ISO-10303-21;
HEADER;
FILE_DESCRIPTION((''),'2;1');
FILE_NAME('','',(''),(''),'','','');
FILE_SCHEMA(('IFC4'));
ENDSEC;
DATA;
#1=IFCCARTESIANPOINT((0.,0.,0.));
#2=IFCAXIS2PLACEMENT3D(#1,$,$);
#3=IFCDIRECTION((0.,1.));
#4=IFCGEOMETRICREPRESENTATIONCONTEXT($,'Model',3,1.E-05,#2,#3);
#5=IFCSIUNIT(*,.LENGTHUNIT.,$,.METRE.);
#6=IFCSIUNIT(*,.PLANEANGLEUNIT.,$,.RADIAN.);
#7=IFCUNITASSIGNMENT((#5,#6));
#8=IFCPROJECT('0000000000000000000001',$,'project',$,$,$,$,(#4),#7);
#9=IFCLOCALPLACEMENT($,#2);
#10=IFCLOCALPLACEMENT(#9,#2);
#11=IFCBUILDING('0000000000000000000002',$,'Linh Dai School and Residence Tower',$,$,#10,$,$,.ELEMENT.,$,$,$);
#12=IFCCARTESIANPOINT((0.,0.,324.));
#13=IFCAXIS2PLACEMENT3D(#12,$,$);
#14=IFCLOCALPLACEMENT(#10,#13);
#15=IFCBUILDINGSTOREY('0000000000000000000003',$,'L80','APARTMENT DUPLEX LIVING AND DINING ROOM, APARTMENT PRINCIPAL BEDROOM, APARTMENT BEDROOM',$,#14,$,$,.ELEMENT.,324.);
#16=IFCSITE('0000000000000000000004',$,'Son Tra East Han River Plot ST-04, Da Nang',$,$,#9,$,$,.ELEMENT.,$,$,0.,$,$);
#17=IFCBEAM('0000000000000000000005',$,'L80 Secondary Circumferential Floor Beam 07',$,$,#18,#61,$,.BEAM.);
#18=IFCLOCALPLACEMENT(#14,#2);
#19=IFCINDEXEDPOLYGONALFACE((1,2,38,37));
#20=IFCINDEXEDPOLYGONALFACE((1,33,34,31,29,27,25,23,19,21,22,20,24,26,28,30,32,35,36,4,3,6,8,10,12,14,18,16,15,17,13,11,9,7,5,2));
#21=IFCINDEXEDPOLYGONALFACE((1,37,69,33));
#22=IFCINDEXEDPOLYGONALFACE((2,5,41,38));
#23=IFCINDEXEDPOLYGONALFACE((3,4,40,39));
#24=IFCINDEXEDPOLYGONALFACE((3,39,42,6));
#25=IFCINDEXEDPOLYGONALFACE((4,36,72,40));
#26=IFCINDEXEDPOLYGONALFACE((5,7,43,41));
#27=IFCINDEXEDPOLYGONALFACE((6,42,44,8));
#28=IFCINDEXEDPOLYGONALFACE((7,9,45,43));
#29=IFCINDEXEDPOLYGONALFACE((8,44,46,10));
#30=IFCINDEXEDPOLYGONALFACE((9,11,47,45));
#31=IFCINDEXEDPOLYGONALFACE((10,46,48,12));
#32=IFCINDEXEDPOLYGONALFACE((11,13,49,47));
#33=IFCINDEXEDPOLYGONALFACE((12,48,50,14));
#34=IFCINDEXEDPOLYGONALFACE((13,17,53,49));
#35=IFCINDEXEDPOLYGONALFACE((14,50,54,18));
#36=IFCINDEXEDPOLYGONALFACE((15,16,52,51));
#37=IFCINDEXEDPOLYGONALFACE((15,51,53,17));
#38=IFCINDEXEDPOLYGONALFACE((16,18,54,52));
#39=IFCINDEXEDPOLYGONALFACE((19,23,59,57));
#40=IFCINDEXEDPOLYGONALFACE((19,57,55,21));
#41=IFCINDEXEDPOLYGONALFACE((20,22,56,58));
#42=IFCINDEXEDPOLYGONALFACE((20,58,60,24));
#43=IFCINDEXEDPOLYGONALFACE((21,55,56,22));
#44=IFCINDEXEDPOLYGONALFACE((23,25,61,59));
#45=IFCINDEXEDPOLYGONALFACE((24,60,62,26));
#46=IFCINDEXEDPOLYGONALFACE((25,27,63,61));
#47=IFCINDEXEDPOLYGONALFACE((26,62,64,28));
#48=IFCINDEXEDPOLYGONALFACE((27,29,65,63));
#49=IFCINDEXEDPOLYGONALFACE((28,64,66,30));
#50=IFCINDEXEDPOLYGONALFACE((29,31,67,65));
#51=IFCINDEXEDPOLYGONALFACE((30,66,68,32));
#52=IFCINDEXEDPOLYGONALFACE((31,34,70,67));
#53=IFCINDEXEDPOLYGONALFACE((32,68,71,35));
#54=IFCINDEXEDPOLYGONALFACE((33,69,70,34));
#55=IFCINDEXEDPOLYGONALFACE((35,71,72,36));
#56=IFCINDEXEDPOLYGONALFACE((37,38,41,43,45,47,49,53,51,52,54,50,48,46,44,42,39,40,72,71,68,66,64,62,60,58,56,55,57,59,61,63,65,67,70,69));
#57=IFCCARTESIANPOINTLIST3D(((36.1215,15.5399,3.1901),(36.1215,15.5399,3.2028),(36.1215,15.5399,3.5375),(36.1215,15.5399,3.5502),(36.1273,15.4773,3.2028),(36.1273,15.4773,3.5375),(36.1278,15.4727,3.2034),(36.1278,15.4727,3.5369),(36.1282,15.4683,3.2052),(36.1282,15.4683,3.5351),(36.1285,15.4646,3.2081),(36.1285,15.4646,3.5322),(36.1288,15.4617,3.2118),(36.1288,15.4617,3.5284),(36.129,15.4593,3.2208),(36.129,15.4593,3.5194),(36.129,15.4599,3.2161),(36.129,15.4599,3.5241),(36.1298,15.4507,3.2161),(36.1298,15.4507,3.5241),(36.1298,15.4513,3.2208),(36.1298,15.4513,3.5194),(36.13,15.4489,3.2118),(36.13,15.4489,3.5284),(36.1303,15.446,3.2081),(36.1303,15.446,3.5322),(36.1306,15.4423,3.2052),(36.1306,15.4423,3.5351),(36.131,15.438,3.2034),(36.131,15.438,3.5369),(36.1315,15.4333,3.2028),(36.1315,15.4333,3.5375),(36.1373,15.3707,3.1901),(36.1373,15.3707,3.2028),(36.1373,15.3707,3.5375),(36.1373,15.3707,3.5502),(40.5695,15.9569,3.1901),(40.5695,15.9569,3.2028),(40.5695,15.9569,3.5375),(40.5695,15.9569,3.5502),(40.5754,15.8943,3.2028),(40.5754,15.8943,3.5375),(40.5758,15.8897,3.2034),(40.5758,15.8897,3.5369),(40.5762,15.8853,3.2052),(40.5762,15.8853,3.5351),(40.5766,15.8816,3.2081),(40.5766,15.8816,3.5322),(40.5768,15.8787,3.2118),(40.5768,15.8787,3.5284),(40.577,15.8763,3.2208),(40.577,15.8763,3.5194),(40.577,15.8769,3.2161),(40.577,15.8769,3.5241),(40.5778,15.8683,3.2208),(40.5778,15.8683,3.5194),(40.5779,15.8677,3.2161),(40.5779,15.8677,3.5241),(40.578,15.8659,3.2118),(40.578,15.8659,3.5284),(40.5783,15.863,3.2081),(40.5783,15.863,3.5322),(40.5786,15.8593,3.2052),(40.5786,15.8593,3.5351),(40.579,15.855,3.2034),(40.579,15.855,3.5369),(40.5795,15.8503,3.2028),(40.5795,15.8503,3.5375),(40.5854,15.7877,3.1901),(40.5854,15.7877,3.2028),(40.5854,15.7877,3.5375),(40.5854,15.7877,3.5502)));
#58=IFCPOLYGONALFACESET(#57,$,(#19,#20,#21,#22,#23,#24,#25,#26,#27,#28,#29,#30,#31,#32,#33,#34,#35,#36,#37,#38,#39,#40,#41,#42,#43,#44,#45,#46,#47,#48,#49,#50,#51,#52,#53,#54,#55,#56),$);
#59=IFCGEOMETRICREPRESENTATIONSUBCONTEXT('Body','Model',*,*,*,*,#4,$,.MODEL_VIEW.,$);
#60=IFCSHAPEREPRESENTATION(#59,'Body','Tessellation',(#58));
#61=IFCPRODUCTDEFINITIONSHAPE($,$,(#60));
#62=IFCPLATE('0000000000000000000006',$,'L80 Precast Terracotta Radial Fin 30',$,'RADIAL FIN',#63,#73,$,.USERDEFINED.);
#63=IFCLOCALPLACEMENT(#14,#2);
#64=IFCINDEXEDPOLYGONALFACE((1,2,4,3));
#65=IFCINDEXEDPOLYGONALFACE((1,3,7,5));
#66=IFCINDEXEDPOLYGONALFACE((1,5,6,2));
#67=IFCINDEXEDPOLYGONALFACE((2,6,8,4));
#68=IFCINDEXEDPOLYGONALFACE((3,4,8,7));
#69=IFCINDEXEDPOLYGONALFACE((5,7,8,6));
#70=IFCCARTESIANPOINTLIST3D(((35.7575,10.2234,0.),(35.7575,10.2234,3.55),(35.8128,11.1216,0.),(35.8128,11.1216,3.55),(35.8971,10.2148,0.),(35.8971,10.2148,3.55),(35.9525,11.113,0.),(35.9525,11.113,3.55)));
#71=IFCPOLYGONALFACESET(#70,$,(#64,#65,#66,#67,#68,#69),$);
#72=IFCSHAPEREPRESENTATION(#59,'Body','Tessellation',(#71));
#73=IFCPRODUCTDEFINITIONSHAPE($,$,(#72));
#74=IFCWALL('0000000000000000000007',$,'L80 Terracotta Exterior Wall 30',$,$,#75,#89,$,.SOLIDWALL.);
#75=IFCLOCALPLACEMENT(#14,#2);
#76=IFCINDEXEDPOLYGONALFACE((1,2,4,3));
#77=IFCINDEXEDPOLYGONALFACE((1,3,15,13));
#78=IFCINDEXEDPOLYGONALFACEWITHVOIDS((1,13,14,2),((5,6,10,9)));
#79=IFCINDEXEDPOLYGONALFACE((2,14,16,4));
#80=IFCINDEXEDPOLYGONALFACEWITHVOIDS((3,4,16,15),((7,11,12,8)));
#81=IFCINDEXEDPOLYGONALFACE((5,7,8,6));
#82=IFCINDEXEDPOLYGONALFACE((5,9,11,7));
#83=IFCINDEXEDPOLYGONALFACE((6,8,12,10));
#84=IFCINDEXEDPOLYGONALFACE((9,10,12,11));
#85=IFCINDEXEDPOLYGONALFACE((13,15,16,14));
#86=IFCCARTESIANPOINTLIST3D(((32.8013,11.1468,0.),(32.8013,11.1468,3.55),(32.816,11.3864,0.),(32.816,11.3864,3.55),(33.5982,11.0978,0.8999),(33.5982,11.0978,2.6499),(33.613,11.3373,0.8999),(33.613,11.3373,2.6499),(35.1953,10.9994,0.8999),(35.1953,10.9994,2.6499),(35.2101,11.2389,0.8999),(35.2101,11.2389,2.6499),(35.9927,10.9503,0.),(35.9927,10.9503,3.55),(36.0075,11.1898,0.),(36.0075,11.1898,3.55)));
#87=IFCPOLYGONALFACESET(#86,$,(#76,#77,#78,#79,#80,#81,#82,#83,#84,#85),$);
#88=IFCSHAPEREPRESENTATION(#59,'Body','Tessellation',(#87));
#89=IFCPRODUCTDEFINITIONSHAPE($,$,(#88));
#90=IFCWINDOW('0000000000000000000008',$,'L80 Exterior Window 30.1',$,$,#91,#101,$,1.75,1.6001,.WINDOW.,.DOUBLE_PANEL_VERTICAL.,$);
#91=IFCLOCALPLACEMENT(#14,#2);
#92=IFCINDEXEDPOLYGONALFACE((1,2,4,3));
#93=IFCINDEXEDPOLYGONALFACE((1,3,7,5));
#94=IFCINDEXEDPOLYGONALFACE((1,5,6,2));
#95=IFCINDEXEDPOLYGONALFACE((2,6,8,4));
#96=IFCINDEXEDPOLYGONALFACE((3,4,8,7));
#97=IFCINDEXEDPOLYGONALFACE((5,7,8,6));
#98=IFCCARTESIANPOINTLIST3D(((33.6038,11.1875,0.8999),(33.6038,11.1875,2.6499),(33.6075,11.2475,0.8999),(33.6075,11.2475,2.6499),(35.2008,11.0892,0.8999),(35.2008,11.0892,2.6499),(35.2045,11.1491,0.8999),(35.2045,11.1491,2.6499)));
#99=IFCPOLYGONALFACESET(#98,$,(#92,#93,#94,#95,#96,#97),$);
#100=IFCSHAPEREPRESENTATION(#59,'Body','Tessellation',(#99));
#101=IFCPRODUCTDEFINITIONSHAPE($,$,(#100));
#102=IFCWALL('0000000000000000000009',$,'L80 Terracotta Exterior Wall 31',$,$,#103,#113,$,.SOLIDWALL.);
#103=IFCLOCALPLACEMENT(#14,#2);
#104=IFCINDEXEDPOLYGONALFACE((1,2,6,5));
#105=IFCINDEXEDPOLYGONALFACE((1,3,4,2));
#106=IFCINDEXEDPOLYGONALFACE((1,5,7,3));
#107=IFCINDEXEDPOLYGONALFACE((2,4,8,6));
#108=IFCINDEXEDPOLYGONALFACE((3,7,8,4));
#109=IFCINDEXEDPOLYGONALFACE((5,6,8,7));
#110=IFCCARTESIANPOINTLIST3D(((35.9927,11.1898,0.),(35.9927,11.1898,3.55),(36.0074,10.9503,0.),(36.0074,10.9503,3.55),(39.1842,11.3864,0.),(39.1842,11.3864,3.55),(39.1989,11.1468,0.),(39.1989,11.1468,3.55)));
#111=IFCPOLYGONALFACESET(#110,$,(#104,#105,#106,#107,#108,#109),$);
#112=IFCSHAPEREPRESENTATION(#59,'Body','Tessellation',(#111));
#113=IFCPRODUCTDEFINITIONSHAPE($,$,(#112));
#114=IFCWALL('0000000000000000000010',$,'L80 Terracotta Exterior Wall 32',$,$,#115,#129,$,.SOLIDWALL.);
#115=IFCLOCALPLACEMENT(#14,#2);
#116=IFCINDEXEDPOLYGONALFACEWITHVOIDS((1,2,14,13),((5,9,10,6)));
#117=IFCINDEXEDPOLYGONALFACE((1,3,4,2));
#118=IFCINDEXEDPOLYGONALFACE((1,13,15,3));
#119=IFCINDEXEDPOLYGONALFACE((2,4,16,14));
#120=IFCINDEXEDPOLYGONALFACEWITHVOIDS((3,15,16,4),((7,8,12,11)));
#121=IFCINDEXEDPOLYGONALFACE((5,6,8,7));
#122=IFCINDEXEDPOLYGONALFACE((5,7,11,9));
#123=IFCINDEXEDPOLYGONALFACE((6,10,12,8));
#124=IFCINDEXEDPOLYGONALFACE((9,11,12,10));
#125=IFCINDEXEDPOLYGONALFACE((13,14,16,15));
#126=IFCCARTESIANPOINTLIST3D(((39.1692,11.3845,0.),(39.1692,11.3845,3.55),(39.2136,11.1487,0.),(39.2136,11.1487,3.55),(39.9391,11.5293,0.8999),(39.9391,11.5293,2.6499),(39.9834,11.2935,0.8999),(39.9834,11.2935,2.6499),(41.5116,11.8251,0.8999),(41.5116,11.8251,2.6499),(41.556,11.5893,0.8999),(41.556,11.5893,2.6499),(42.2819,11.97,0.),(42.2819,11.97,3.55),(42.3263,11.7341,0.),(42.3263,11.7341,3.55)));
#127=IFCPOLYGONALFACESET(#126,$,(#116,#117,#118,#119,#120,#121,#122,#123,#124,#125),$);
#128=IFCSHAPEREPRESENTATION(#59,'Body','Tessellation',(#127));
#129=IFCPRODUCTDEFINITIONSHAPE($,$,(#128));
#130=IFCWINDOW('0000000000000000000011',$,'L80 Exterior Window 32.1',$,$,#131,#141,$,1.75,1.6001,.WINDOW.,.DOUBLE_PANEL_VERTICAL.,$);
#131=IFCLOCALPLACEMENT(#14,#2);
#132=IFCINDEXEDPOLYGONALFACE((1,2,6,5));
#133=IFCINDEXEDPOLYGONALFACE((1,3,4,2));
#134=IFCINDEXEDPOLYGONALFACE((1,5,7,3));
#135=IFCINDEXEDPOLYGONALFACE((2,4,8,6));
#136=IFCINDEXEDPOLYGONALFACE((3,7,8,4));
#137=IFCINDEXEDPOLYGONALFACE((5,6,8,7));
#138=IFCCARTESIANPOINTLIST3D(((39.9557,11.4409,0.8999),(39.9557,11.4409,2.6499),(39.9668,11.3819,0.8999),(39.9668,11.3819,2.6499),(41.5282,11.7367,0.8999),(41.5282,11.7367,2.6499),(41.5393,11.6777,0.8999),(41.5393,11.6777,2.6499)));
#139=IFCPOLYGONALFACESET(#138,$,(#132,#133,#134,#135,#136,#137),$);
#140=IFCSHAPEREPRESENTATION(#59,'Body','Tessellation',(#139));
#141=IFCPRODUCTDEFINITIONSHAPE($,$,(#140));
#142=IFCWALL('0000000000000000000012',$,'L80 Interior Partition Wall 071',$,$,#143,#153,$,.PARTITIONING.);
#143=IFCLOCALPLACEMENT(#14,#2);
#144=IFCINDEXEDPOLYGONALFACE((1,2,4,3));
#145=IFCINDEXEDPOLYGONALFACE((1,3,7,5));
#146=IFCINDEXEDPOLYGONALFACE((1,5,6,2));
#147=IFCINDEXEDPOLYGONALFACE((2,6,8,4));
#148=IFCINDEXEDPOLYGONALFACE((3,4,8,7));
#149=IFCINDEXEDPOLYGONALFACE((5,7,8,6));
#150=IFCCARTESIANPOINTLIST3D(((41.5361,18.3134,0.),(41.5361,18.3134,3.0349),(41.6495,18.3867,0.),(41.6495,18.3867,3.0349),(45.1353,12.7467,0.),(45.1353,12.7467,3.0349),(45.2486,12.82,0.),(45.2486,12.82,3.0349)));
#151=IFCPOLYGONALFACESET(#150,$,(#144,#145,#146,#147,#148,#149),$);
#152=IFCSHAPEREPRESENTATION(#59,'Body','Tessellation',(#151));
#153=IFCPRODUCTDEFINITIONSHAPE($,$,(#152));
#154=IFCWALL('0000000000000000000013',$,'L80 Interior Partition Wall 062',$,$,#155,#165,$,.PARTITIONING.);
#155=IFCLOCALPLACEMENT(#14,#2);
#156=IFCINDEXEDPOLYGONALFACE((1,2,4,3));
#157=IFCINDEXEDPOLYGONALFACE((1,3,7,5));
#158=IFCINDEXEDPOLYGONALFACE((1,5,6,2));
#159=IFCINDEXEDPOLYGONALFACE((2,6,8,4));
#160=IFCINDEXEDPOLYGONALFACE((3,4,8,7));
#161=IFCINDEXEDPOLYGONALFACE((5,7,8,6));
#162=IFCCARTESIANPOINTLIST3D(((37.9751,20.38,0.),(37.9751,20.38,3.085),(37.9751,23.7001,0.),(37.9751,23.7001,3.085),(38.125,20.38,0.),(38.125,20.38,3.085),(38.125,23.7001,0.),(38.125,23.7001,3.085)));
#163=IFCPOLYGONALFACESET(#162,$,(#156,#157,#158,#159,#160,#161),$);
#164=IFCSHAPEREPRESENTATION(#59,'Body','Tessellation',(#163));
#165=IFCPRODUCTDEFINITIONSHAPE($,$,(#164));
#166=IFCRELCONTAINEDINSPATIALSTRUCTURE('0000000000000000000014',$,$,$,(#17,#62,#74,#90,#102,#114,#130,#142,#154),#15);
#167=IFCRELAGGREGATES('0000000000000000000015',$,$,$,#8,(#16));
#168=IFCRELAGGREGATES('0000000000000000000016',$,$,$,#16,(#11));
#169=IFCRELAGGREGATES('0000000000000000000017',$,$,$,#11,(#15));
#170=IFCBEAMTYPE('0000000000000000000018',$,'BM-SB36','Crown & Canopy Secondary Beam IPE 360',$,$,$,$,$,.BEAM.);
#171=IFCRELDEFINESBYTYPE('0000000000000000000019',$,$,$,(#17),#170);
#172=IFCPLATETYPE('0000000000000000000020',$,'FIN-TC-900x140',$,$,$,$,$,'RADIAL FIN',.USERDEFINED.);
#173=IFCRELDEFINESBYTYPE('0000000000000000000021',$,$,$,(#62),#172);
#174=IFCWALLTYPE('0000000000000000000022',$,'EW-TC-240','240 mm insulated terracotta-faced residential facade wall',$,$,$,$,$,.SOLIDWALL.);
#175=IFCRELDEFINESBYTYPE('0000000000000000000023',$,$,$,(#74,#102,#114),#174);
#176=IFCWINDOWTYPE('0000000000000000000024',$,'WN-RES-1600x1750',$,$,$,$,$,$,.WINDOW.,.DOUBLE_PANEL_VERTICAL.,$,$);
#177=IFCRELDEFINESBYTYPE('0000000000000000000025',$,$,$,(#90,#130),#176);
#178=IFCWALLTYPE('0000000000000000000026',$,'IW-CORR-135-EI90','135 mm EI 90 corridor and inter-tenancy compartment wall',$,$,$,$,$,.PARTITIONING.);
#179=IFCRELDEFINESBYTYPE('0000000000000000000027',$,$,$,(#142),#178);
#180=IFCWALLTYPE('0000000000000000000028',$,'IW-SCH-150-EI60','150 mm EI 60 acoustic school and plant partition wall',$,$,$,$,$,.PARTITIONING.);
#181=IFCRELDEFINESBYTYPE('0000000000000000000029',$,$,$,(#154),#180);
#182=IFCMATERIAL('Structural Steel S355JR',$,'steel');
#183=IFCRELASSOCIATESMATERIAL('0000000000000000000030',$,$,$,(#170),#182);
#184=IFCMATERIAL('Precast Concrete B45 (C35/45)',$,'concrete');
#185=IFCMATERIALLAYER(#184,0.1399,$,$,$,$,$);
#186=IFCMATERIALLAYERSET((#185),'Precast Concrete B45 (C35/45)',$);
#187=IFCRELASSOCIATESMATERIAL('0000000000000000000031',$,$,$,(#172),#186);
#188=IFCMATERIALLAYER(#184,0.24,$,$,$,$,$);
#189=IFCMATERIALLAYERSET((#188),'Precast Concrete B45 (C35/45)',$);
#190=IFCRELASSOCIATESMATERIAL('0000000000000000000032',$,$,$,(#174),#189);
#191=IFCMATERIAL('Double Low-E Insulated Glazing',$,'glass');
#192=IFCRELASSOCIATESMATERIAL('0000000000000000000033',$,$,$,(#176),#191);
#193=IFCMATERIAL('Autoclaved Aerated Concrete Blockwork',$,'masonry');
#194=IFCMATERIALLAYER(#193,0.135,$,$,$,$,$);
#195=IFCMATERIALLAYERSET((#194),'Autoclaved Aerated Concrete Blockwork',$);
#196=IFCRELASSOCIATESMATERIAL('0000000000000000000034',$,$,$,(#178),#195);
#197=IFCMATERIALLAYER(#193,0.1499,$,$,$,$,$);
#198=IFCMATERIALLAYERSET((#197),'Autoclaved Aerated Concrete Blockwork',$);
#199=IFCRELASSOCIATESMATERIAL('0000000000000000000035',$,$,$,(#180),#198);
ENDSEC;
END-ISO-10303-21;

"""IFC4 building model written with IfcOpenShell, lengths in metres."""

from ifc_helpers import new_model, si_unit, direction, frame, frame_2d, origin, origin_2d, place, context, subcontext, project, spatial, rectangle, i_section, extrude, source, transform, mapped, material, layer, layer_set, material_profile, profile_set, type_object, element, fill, save


model = new_model("IFC4")

# Units and contexts
model_context = context("Model", 3, precision=1e-05, world=origin(), true_north=direction((0.0, 1.0)))
body_context = subcontext(model_context, "Body", "Model", "MODEL_VIEW")
ifc_project = project(units=[si_unit("LENGTHUNIT", "METRE"), si_unit("PLANEANGLEUNIT", "RADIAN")], contexts=[model_context])

# Site, building, storey
site_placement = place(None, origin())
site = spatial("IfcSite", under=ifc_project, at=site_placement, Name="Son Tra East Han River Plot ST-04, Da Nang", CompositionType="ELEMENT", RefElevation=0.0)
building_placement = place(site_placement, origin())
building = spatial("IfcBuilding", under=site, at=building_placement, Name="Linh Dai School and Residence Tower", CompositionType="ELEMENT")
storey_placement = place(building_placement, frame((0.0, 0.0, 324.0)))
storey = spatial("IfcBuildingStorey", under=building, at=storey_placement, Name="L80", Description="APARTMENT DUPLEX LIVING AND DINING ROOM, APARTMENT PRINCIPAL BEDROOM, APARTMENT BEDROOM", CompositionType="ELEMENT", Elevation=324.0)

# Shared definitions
ifc_material_1 = material(Name="Structural Steel S355JR", Category="steel")

# Beam
ifc_material_profile_1 = material_profile(ifc_material_1, i_section(OverallWidth=0.1699, OverallDepth=0.3601, WebThickness=0.0081, FlangeThickness=0.0127, FilletRadius=0.0181, at=origin_2d()), Name="IPE 360")
ifc_profile_set_1 = profile_set([ifc_material_profile_1], Name="Structural Steel S355JR")
beam_type_1 = type_object("IfcBeamType", Name="BM-SB36", Description="Crown & Canopy Secondary Beam IPE 360", PredefinedType="BEAM", material=ifc_profile_set_1)
beam_1_placement = place(storey_placement, frame((36.1294, 15.4553, 3.3701), z_axis=(0.995634, 0.093339, 0.0), x_axis=(-0.093339, 0.995634, 0.0)))
element("IfcBeam", 1, at=beam_1_placement, inside=storey, type_object=beam_type_1, Name="L80 Secondary Circumferential Floor Beam 07", PredefinedType="BEAM", context=body_context, shape_type="SweptSolid", body=[
    extrude(i_section(OverallWidth=0.1699, OverallDepth=0.3601, WebThickness=0.0081, FlangeThickness=0.0127, FilletRadius=0.0181, at=origin_2d()), origin(), (0.0, 0.0, 1.0), 4.4675),
])

# Plate
ifc_material_2 = material(Name="Precast Concrete B45 (C35/45)", Category="concrete")
ifc_layer_1 = layer(ifc_material_2, 0.1399)
ifc_layer_set_1 = layer_set([ifc_layer_1], Name="Precast Concrete B45 (C35/45)")
plate_type = type_object("IfcPlateType", Name="FIN-TC-900x140", ElementType="RADIAL FIN", PredefinedType="USERDEFINED", material=ifc_layer_set_1)
shared_shape_1 = source(origin(), body_context, "Body", "SweptSolid", [
    extrude(rectangle(XDim=0.8999, YDim=0.1399, at=origin_2d()), origin(), (0.0, 0.0, 1.0), 3.55),
])
plate_placement = place(storey_placement, frame((35.855, 10.6682, 0.0), z_axis=(0.0, 0.0, 1.0), x_axis=(-0.061518, -0.998106, 0.0)))
element("IfcPlate", 2, at=plate_placement, inside=storey, type_object=plate_type, Name="L80 Precast Terracotta Radial Fin 30", ObjectType="RADIAL FIN", PredefinedType="USERDEFINED", context=body_context, shape_type="MappedRepresentation", body=[
    mapped(shared_shape_1, transform((0.0, 0.0, 0.0), x_axis=(1.0, 0.0, 0.0), y_axis=(0.0, 1.0, 0.0), z_axis=(0.0, 0.0, 1.0), scale=1.0)),
])

# Wall, opening, window
ifc_layer_2 = layer(ifc_material_2, 0.24)
ifc_layer_set_2 = layer_set([ifc_layer_2], Name="Precast Concrete B45 (C35/45)")
wall_type_1 = type_object("IfcWallType", Name="EW-TC-240", Description="240 mm insulated terracotta-faced residential facade wall", PredefinedType="SOLIDWALL", material=ifc_layer_set_2)
wall_1_placement = place(storey_placement, frame((36.0, 11.0701, 0.0), z_axis=(0.0, 0.0, 1.0), x_axis=(-0.998109, 0.061466, 0.0)))
wall_1 = element("IfcWall", 3, at=wall_1_placement, inside=storey, type_object=wall_type_1, Name="L80 Terracotta Exterior Wall 30", PredefinedType="SOLIDWALL", context=body_context, shape_type="SweptSolid", body=[
    extrude(rectangle(XDim=3.1975, YDim=0.24, at=frame_2d((1.5986, 0.0))), origin(), (0.0, 0.0, 1.0), 3.55),
])
opening_1_placement = place(wall_1_placement, frame((0.7988, 0.0, 0.8999)))
opening_1 = element("IfcOpeningElement", 4, at=opening_1_placement, cuts=wall_1, PredefinedType="OPENING", context=body_context, shape_type="SweptSolid", body=[
    extrude(rectangle(XDim=1.6001, YDim=1.75, at=origin_2d()), frame((0.8, 0.1299, 0.875), z_axis=(0.0, -1.0, 0.0), x_axis=(1.0, 0.0, 0.0)), (0.0, 0.0, 1.0), 0.26),
])
ifc_material_3 = material(Name="Double Low-E Insulated Glazing", Category="glass")
window_type = type_object("IfcWindowType", Name="WN-RES-1600x1750", PartitioningType="DOUBLE_PANEL_VERTICAL", PredefinedType="WINDOW", material=ifc_material_3)
shared_shape_2 = source(origin(), body_context, "Body", "SweptSolid", [
    extrude(rectangle(XDim=1.6001, YDim=1.75, at=origin_2d()), frame((0.8, 0.03, 0.875), z_axis=(0.0, -1.0, 0.0), x_axis=(1.0, 0.0, 0.0)), (0.0, 0.0, 1.0), 0.0601),
])
window_1_placement = place(opening_1_placement, origin())
window_1 = element("IfcWindow", 5, at=window_1_placement, inside=storey, type_object=window_type, Name="L80 Exterior Window 30.1", OverallHeight=1.75, OverallWidth=1.6001, PartitioningType="DOUBLE_PANEL_VERTICAL", PredefinedType="WINDOW", context=body_context, shape_type="MappedRepresentation", body=[
    mapped(shared_shape_2, transform((0.0, 0.0, 0.0), x_axis=(1.0, 0.0, 0.0), y_axis=(0.0, 1.0, 0.0), z_axis=(0.0, 0.0, 1.0), scale=1.0)),
])
fill(opening_1, window_1)

# Wall
wall_2_placement = place(storey_placement, frame((39.1914, 11.2666, 0.0), z_axis=(0.0, 0.0, 1.0), x_axis=(-0.998109, -0.061466, 0.0)))
element("IfcWall", 6, at=wall_2_placement, inside=storey, type_object=wall_type_1, Name="L80 Terracotta Exterior Wall 31", PredefinedType="SOLIDWALL", context=body_context, shape_type="SweptSolid", body=[
    extrude(rectangle(XDim=3.1975, YDim=0.24, at=frame_2d((1.5986, 0.0))), origin(), (0.0, 0.0, 1.0), 3.55),
])

# Wall, opening, window
wall_3_placement = place(storey_placement, frame((42.304, 11.8521, 0.0), z_axis=(0.0, 0.0, 1.0), x_axis=(-0.982766, -0.184852, 0.0)))
wall_3 = element("IfcWall", 7, at=wall_3_placement, inside=storey, type_object=wall_type_1, Name="L80 Terracotta Exterior Wall 32", PredefinedType="SOLIDWALL", context=body_context, shape_type="SweptSolid", body=[
    extrude(rectangle(XDim=3.1672, YDim=0.24, at=frame_2d((1.5835, 0.0))), origin(), (0.0, 0.0, 1.0), 3.55),
])
opening_2_placement = place(wall_3_placement, frame((0.7837, 0.0, 0.8999)))
opening_2 = element("IfcOpeningElement", 8, at=opening_2_placement, cuts=wall_3, PredefinedType="OPENING", context=body_context, shape_type="SweptSolid", body=[
    extrude(rectangle(XDim=1.6001, YDim=1.75, at=origin_2d()), frame((0.8, 0.1299, 0.875), z_axis=(0.0, -1.0, 0.0), x_axis=(1.0, 0.0, 0.0)), (0.0, 0.0, 1.0), 0.26),
])
window_2_placement = place(opening_2_placement, origin())
window_2 = element("IfcWindow", 9, at=window_2_placement, inside=storey, type_object=window_type, Name="L80 Exterior Window 32.1", OverallHeight=1.75, OverallWidth=1.6001, PartitioningType="DOUBLE_PANEL_VERTICAL", PredefinedType="WINDOW", context=body_context, shape_type="MappedRepresentation", body=[
    mapped(shared_shape_2, transform((0.0, 0.0, 0.0), x_axis=(1.0, 0.0, 0.0), y_axis=(0.0, 1.0, 0.0), z_axis=(0.0, 0.0, 1.0), scale=1.0)),
])
fill(opening_2, window_2)

# Walls
ifc_material_4 = material(Name="Autoclaved Aerated Concrete Blockwork", Category="masonry")
ifc_layer_3 = layer(ifc_material_4, 0.135)
ifc_layer_set_3 = layer_set([ifc_layer_3], Name="Autoclaved Aerated Concrete Blockwork")
wall_type_2 = type_object("IfcWallType", Name="IW-CORR-135-EI90", Description="135 mm EI 90 corridor and inter-tenancy compartment wall", PredefinedType="PARTITIONING", material=ifc_layer_set_3)
wall_4_placement = place(storey_placement, frame((41.5928, 18.3501, 0.0), z_axis=(0.0, 0.0, 1.0), x_axis=(0.54295, -0.839765, 0.0)))
element("IfcWall", 10, at=wall_4_placement, inside=storey, type_object=wall_type_2, Name="L80 Interior Partition Wall 071", PredefinedType="PARTITIONING", context=body_context, shape_type="SweptSolid", body=[
    extrude(rectangle(XDim=6.6289, YDim=0.135, at=frame_2d((3.3145, 0.0))), origin(), (0.0, 0.0, 1.0), 3.0349),
])
ifc_layer_4 = layer(ifc_material_4, 0.1499)
ifc_layer_set_4 = layer_set([ifc_layer_4], Name="Autoclaved Aerated Concrete Blockwork")
wall_type_3 = type_object("IfcWallType", Name="IW-SCH-150-EI60", Description="150 mm EI 60 acoustic school and plant partition wall", PredefinedType="PARTITIONING", material=ifc_layer_set_4)
wall_5_placement = place(storey_placement, frame((38.05, 20.3799, 0.0), z_axis=(0.0, 0.0, 1.0), x_axis=(0.0, 1.0, 0.0)))
element("IfcWall", 11, at=wall_5_placement, inside=storey, type_object=wall_type_3, Name="L80 Interior Partition Wall 062", PredefinedType="PARTITIONING", context=body_context, shape_type="SweptSolid", body=[
    extrude(rectangle(XDim=3.3201, YDim=0.1499, at=frame_2d((1.6602, 0.0))), origin(), (0.0, 0.0, 1.0), 3.085),
])

save(model, "model.ifc")
